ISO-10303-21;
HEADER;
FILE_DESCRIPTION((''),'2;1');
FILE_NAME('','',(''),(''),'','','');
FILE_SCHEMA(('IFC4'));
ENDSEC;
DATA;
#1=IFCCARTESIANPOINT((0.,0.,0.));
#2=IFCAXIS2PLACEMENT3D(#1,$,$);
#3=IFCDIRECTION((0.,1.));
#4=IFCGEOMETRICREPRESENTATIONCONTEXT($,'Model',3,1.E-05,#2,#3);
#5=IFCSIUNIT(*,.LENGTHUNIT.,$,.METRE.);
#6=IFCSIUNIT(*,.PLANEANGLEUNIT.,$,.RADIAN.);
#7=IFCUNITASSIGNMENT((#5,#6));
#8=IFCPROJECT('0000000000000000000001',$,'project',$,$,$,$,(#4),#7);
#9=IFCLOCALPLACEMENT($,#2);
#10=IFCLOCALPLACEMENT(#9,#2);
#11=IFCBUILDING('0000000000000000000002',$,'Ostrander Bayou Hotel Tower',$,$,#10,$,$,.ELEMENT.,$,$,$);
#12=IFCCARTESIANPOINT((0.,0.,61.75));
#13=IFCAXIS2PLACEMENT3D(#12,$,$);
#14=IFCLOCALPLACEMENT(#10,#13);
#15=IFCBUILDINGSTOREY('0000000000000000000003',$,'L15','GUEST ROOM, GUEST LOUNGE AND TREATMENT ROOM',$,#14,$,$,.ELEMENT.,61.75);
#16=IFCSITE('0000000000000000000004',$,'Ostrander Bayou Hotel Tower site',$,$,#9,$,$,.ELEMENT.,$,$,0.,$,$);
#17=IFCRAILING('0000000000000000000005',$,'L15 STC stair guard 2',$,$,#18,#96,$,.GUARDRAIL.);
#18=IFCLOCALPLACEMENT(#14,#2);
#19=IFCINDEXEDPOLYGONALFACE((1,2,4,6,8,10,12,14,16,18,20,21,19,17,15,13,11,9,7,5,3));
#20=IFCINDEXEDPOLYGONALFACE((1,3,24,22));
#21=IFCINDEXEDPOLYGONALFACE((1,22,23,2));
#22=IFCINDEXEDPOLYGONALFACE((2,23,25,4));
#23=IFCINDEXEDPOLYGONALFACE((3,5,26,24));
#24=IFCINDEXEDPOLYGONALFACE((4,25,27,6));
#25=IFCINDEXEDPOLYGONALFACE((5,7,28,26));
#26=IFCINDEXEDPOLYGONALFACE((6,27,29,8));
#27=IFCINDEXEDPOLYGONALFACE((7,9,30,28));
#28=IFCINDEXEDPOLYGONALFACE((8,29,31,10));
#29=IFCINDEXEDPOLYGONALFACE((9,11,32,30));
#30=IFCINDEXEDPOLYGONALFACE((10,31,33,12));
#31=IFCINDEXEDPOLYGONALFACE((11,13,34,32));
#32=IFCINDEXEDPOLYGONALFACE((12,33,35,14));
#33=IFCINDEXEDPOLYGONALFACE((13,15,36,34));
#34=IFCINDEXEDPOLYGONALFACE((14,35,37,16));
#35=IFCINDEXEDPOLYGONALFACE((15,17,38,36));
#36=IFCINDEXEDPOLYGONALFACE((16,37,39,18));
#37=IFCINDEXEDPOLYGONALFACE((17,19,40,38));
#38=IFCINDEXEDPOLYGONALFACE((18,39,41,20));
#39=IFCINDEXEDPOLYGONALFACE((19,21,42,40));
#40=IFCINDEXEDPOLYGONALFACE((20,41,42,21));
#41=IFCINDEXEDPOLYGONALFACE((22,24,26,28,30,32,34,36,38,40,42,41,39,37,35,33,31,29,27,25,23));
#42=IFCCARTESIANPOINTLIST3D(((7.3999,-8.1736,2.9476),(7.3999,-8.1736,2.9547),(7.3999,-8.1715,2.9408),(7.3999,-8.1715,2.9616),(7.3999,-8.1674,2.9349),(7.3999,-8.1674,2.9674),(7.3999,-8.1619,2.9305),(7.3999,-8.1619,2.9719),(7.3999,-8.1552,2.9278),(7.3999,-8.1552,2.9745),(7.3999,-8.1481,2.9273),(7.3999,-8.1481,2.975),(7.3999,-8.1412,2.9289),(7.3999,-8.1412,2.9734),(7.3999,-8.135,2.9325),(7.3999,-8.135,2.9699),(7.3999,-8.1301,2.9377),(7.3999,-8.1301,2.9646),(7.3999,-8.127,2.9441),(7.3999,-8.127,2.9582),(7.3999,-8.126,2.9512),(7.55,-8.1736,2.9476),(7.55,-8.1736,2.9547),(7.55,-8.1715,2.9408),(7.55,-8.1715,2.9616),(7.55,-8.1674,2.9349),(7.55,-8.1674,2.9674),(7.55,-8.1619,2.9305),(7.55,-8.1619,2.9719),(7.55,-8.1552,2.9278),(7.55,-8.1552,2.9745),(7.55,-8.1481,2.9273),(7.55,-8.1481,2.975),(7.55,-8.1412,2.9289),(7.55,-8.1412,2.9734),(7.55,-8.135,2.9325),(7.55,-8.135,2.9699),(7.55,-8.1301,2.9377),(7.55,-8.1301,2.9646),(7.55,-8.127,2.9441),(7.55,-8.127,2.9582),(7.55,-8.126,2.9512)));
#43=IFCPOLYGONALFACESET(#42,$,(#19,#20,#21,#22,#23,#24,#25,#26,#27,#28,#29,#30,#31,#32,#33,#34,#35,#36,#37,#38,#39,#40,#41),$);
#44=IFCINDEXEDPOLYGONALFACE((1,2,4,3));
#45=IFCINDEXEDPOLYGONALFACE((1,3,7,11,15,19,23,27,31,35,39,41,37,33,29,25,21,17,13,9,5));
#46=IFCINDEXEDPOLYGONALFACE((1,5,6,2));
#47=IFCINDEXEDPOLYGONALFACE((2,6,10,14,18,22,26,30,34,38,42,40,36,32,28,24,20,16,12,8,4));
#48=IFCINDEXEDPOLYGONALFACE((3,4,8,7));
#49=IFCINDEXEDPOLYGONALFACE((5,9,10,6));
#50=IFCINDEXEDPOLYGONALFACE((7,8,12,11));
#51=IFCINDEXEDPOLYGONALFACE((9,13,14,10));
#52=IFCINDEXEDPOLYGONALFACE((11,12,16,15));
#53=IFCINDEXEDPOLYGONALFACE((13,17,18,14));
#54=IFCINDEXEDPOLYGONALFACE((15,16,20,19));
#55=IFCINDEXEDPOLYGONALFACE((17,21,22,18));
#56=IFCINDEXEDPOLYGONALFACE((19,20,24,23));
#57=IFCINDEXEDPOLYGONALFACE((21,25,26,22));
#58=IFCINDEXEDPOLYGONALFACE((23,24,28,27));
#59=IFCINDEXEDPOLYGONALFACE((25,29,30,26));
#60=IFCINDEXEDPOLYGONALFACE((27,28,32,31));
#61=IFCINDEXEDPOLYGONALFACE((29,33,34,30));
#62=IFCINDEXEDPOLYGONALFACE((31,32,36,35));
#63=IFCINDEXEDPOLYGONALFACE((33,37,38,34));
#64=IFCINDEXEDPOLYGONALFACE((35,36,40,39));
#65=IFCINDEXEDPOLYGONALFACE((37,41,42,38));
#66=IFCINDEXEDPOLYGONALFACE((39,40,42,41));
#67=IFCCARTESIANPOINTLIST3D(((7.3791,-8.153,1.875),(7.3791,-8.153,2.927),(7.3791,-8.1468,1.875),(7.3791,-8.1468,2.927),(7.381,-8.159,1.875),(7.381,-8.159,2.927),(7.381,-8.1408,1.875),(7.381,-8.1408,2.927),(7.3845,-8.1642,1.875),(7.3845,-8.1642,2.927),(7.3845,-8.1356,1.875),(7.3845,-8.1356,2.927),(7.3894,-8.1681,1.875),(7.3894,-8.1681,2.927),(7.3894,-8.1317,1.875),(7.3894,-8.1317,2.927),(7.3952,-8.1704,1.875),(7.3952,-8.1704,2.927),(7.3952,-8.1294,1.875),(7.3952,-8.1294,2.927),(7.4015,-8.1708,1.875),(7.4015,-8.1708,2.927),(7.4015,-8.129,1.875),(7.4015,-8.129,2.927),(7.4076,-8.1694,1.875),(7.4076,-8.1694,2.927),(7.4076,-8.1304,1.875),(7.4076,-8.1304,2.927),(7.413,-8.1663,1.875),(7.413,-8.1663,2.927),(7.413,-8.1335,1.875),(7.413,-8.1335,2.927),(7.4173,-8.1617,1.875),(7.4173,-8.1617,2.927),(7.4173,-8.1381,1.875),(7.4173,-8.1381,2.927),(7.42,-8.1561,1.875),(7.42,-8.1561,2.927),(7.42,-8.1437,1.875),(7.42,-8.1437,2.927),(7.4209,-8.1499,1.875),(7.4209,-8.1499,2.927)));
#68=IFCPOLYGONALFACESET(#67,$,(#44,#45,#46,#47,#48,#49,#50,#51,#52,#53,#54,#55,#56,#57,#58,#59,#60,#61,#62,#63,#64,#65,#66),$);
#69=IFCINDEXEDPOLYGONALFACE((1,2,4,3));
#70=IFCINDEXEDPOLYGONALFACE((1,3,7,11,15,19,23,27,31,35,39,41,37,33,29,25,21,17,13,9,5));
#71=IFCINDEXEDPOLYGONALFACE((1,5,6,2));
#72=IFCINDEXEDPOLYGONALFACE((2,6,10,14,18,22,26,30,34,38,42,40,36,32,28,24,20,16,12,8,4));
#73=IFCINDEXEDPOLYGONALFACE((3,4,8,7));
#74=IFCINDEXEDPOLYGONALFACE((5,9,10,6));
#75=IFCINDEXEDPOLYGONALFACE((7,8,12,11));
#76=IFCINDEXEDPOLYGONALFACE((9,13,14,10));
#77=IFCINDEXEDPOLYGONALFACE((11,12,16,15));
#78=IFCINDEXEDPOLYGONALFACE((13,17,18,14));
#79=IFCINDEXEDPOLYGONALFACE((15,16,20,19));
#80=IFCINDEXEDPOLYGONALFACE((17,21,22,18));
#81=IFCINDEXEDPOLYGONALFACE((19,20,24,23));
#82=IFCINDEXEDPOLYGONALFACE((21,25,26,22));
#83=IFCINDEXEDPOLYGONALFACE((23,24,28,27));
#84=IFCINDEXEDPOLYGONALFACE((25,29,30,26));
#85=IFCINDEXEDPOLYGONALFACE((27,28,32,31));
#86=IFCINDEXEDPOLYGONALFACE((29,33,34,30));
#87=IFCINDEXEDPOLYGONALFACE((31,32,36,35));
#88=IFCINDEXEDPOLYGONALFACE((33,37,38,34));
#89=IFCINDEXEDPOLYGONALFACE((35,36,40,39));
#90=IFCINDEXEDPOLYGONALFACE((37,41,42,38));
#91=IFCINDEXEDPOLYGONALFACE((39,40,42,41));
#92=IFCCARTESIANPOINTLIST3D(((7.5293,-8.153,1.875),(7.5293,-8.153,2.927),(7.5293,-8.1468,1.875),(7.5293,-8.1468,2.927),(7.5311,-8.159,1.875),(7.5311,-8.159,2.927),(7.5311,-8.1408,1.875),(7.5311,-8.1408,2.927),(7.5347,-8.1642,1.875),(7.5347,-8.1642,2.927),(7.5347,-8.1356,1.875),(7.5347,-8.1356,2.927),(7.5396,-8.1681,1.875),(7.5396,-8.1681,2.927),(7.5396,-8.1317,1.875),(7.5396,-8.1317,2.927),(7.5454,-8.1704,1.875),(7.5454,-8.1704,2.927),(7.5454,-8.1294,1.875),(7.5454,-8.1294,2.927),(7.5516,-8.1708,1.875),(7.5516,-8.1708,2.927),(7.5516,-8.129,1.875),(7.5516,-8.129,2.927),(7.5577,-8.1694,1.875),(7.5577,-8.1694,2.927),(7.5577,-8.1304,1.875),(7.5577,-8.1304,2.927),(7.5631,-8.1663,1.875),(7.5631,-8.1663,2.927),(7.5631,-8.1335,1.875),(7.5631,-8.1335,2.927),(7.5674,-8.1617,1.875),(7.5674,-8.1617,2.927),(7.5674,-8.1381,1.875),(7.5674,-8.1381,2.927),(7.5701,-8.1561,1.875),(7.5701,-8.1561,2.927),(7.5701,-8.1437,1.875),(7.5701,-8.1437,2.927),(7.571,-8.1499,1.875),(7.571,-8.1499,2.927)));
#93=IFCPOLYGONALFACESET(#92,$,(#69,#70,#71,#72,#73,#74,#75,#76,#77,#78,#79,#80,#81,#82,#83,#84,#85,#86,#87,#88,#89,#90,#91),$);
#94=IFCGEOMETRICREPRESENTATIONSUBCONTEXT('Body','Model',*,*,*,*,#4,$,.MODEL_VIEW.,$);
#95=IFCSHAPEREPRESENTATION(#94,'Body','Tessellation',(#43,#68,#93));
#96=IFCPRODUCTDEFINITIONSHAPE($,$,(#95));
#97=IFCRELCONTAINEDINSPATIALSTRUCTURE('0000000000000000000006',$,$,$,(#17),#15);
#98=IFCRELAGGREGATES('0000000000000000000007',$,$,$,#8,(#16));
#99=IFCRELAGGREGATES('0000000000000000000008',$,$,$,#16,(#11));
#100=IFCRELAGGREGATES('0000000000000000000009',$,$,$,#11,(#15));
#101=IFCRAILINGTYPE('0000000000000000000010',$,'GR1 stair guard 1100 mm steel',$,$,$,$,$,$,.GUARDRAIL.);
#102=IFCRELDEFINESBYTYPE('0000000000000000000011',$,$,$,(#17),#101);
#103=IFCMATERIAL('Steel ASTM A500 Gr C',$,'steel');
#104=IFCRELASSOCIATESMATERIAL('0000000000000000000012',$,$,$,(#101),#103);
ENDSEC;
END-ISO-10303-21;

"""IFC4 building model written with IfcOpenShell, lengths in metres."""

from ifc_helpers import new_model, si_unit, direction, frame, origin, origin_2d, place, context, subcontext, project, spatial, circle, extrude, material, type_object, element, save


model = new_model("IFC4")

# Units and contexts
model_context = context("Model", 3, precision=1e-05, world=origin(), true_north=direction((0.0, 1.0)))
body_context = subcontext(model_context, "Body", "Model", "MODEL_VIEW")
ifc_project = project(units=[si_unit("LENGTHUNIT", "METRE"), si_unit("PLANEANGLEUNIT", "RADIAN")], contexts=[model_context])

# Site, building, storey
site_placement = place(None, origin())
site = spatial("IfcSite", under=ifc_project, at=site_placement, Name="Ostrander Bayou Hotel Tower site", CompositionType="ELEMENT", RefElevation=0.0)
building_placement = place(site_placement, origin())
building = spatial("IfcBuilding", under=site, at=building_placement, Name="Ostrander Bayou Hotel Tower", CompositionType="ELEMENT")
storey_placement = place(building_placement, frame((0.0, 0.0, 61.75)))
storey = spatial("IfcBuildingStorey", under=building, at=storey_placement, Name="L15", Description="GUEST ROOM, GUEST LOUNGE AND TREATMENT ROOM", CompositionType="ELEMENT", Elevation=61.75)

# Railing
ifc_material_1 = material(Name="Steel ASTM A500 Gr C", Category="steel")
railing_type_1 = type_object("IfcRailingType", Name="GR1 stair guard 1100 mm steel", PredefinedType="GUARDRAIL", material=ifc_material_1)
railing_1_placement = place(storey_placement, frame((7.3999, -8.1499, 1.875)))
element("IfcRailing", 1, at=railing_1_placement, inside=storey, type_object=railing_type_1, Name="L15 STC stair guard 2", PredefinedType="GUARDRAIL", context=body_context, shape_type="SweptSolid", body=[
    extrude(circle(Radius=0.0239, at=origin_2d()), frame((0.0, 0.0, 1.0762), z_axis=(1.0, 0.0, 0.0), x_axis=(0.0, 1.0, 0.0)), (0.0, 0.0, 1.0), 0.1501),
    extrude(circle(Radius=0.021, at=origin_2d()), origin(), (0.0, 0.0, 1.0), 1.052),
    extrude(circle(Radius=0.021, at=origin_2d()), frame((0.1501, 0.0, 0.0)), (0.0, 0.0, 1.0), 1.052),
])

save(model, "model.ifc")
